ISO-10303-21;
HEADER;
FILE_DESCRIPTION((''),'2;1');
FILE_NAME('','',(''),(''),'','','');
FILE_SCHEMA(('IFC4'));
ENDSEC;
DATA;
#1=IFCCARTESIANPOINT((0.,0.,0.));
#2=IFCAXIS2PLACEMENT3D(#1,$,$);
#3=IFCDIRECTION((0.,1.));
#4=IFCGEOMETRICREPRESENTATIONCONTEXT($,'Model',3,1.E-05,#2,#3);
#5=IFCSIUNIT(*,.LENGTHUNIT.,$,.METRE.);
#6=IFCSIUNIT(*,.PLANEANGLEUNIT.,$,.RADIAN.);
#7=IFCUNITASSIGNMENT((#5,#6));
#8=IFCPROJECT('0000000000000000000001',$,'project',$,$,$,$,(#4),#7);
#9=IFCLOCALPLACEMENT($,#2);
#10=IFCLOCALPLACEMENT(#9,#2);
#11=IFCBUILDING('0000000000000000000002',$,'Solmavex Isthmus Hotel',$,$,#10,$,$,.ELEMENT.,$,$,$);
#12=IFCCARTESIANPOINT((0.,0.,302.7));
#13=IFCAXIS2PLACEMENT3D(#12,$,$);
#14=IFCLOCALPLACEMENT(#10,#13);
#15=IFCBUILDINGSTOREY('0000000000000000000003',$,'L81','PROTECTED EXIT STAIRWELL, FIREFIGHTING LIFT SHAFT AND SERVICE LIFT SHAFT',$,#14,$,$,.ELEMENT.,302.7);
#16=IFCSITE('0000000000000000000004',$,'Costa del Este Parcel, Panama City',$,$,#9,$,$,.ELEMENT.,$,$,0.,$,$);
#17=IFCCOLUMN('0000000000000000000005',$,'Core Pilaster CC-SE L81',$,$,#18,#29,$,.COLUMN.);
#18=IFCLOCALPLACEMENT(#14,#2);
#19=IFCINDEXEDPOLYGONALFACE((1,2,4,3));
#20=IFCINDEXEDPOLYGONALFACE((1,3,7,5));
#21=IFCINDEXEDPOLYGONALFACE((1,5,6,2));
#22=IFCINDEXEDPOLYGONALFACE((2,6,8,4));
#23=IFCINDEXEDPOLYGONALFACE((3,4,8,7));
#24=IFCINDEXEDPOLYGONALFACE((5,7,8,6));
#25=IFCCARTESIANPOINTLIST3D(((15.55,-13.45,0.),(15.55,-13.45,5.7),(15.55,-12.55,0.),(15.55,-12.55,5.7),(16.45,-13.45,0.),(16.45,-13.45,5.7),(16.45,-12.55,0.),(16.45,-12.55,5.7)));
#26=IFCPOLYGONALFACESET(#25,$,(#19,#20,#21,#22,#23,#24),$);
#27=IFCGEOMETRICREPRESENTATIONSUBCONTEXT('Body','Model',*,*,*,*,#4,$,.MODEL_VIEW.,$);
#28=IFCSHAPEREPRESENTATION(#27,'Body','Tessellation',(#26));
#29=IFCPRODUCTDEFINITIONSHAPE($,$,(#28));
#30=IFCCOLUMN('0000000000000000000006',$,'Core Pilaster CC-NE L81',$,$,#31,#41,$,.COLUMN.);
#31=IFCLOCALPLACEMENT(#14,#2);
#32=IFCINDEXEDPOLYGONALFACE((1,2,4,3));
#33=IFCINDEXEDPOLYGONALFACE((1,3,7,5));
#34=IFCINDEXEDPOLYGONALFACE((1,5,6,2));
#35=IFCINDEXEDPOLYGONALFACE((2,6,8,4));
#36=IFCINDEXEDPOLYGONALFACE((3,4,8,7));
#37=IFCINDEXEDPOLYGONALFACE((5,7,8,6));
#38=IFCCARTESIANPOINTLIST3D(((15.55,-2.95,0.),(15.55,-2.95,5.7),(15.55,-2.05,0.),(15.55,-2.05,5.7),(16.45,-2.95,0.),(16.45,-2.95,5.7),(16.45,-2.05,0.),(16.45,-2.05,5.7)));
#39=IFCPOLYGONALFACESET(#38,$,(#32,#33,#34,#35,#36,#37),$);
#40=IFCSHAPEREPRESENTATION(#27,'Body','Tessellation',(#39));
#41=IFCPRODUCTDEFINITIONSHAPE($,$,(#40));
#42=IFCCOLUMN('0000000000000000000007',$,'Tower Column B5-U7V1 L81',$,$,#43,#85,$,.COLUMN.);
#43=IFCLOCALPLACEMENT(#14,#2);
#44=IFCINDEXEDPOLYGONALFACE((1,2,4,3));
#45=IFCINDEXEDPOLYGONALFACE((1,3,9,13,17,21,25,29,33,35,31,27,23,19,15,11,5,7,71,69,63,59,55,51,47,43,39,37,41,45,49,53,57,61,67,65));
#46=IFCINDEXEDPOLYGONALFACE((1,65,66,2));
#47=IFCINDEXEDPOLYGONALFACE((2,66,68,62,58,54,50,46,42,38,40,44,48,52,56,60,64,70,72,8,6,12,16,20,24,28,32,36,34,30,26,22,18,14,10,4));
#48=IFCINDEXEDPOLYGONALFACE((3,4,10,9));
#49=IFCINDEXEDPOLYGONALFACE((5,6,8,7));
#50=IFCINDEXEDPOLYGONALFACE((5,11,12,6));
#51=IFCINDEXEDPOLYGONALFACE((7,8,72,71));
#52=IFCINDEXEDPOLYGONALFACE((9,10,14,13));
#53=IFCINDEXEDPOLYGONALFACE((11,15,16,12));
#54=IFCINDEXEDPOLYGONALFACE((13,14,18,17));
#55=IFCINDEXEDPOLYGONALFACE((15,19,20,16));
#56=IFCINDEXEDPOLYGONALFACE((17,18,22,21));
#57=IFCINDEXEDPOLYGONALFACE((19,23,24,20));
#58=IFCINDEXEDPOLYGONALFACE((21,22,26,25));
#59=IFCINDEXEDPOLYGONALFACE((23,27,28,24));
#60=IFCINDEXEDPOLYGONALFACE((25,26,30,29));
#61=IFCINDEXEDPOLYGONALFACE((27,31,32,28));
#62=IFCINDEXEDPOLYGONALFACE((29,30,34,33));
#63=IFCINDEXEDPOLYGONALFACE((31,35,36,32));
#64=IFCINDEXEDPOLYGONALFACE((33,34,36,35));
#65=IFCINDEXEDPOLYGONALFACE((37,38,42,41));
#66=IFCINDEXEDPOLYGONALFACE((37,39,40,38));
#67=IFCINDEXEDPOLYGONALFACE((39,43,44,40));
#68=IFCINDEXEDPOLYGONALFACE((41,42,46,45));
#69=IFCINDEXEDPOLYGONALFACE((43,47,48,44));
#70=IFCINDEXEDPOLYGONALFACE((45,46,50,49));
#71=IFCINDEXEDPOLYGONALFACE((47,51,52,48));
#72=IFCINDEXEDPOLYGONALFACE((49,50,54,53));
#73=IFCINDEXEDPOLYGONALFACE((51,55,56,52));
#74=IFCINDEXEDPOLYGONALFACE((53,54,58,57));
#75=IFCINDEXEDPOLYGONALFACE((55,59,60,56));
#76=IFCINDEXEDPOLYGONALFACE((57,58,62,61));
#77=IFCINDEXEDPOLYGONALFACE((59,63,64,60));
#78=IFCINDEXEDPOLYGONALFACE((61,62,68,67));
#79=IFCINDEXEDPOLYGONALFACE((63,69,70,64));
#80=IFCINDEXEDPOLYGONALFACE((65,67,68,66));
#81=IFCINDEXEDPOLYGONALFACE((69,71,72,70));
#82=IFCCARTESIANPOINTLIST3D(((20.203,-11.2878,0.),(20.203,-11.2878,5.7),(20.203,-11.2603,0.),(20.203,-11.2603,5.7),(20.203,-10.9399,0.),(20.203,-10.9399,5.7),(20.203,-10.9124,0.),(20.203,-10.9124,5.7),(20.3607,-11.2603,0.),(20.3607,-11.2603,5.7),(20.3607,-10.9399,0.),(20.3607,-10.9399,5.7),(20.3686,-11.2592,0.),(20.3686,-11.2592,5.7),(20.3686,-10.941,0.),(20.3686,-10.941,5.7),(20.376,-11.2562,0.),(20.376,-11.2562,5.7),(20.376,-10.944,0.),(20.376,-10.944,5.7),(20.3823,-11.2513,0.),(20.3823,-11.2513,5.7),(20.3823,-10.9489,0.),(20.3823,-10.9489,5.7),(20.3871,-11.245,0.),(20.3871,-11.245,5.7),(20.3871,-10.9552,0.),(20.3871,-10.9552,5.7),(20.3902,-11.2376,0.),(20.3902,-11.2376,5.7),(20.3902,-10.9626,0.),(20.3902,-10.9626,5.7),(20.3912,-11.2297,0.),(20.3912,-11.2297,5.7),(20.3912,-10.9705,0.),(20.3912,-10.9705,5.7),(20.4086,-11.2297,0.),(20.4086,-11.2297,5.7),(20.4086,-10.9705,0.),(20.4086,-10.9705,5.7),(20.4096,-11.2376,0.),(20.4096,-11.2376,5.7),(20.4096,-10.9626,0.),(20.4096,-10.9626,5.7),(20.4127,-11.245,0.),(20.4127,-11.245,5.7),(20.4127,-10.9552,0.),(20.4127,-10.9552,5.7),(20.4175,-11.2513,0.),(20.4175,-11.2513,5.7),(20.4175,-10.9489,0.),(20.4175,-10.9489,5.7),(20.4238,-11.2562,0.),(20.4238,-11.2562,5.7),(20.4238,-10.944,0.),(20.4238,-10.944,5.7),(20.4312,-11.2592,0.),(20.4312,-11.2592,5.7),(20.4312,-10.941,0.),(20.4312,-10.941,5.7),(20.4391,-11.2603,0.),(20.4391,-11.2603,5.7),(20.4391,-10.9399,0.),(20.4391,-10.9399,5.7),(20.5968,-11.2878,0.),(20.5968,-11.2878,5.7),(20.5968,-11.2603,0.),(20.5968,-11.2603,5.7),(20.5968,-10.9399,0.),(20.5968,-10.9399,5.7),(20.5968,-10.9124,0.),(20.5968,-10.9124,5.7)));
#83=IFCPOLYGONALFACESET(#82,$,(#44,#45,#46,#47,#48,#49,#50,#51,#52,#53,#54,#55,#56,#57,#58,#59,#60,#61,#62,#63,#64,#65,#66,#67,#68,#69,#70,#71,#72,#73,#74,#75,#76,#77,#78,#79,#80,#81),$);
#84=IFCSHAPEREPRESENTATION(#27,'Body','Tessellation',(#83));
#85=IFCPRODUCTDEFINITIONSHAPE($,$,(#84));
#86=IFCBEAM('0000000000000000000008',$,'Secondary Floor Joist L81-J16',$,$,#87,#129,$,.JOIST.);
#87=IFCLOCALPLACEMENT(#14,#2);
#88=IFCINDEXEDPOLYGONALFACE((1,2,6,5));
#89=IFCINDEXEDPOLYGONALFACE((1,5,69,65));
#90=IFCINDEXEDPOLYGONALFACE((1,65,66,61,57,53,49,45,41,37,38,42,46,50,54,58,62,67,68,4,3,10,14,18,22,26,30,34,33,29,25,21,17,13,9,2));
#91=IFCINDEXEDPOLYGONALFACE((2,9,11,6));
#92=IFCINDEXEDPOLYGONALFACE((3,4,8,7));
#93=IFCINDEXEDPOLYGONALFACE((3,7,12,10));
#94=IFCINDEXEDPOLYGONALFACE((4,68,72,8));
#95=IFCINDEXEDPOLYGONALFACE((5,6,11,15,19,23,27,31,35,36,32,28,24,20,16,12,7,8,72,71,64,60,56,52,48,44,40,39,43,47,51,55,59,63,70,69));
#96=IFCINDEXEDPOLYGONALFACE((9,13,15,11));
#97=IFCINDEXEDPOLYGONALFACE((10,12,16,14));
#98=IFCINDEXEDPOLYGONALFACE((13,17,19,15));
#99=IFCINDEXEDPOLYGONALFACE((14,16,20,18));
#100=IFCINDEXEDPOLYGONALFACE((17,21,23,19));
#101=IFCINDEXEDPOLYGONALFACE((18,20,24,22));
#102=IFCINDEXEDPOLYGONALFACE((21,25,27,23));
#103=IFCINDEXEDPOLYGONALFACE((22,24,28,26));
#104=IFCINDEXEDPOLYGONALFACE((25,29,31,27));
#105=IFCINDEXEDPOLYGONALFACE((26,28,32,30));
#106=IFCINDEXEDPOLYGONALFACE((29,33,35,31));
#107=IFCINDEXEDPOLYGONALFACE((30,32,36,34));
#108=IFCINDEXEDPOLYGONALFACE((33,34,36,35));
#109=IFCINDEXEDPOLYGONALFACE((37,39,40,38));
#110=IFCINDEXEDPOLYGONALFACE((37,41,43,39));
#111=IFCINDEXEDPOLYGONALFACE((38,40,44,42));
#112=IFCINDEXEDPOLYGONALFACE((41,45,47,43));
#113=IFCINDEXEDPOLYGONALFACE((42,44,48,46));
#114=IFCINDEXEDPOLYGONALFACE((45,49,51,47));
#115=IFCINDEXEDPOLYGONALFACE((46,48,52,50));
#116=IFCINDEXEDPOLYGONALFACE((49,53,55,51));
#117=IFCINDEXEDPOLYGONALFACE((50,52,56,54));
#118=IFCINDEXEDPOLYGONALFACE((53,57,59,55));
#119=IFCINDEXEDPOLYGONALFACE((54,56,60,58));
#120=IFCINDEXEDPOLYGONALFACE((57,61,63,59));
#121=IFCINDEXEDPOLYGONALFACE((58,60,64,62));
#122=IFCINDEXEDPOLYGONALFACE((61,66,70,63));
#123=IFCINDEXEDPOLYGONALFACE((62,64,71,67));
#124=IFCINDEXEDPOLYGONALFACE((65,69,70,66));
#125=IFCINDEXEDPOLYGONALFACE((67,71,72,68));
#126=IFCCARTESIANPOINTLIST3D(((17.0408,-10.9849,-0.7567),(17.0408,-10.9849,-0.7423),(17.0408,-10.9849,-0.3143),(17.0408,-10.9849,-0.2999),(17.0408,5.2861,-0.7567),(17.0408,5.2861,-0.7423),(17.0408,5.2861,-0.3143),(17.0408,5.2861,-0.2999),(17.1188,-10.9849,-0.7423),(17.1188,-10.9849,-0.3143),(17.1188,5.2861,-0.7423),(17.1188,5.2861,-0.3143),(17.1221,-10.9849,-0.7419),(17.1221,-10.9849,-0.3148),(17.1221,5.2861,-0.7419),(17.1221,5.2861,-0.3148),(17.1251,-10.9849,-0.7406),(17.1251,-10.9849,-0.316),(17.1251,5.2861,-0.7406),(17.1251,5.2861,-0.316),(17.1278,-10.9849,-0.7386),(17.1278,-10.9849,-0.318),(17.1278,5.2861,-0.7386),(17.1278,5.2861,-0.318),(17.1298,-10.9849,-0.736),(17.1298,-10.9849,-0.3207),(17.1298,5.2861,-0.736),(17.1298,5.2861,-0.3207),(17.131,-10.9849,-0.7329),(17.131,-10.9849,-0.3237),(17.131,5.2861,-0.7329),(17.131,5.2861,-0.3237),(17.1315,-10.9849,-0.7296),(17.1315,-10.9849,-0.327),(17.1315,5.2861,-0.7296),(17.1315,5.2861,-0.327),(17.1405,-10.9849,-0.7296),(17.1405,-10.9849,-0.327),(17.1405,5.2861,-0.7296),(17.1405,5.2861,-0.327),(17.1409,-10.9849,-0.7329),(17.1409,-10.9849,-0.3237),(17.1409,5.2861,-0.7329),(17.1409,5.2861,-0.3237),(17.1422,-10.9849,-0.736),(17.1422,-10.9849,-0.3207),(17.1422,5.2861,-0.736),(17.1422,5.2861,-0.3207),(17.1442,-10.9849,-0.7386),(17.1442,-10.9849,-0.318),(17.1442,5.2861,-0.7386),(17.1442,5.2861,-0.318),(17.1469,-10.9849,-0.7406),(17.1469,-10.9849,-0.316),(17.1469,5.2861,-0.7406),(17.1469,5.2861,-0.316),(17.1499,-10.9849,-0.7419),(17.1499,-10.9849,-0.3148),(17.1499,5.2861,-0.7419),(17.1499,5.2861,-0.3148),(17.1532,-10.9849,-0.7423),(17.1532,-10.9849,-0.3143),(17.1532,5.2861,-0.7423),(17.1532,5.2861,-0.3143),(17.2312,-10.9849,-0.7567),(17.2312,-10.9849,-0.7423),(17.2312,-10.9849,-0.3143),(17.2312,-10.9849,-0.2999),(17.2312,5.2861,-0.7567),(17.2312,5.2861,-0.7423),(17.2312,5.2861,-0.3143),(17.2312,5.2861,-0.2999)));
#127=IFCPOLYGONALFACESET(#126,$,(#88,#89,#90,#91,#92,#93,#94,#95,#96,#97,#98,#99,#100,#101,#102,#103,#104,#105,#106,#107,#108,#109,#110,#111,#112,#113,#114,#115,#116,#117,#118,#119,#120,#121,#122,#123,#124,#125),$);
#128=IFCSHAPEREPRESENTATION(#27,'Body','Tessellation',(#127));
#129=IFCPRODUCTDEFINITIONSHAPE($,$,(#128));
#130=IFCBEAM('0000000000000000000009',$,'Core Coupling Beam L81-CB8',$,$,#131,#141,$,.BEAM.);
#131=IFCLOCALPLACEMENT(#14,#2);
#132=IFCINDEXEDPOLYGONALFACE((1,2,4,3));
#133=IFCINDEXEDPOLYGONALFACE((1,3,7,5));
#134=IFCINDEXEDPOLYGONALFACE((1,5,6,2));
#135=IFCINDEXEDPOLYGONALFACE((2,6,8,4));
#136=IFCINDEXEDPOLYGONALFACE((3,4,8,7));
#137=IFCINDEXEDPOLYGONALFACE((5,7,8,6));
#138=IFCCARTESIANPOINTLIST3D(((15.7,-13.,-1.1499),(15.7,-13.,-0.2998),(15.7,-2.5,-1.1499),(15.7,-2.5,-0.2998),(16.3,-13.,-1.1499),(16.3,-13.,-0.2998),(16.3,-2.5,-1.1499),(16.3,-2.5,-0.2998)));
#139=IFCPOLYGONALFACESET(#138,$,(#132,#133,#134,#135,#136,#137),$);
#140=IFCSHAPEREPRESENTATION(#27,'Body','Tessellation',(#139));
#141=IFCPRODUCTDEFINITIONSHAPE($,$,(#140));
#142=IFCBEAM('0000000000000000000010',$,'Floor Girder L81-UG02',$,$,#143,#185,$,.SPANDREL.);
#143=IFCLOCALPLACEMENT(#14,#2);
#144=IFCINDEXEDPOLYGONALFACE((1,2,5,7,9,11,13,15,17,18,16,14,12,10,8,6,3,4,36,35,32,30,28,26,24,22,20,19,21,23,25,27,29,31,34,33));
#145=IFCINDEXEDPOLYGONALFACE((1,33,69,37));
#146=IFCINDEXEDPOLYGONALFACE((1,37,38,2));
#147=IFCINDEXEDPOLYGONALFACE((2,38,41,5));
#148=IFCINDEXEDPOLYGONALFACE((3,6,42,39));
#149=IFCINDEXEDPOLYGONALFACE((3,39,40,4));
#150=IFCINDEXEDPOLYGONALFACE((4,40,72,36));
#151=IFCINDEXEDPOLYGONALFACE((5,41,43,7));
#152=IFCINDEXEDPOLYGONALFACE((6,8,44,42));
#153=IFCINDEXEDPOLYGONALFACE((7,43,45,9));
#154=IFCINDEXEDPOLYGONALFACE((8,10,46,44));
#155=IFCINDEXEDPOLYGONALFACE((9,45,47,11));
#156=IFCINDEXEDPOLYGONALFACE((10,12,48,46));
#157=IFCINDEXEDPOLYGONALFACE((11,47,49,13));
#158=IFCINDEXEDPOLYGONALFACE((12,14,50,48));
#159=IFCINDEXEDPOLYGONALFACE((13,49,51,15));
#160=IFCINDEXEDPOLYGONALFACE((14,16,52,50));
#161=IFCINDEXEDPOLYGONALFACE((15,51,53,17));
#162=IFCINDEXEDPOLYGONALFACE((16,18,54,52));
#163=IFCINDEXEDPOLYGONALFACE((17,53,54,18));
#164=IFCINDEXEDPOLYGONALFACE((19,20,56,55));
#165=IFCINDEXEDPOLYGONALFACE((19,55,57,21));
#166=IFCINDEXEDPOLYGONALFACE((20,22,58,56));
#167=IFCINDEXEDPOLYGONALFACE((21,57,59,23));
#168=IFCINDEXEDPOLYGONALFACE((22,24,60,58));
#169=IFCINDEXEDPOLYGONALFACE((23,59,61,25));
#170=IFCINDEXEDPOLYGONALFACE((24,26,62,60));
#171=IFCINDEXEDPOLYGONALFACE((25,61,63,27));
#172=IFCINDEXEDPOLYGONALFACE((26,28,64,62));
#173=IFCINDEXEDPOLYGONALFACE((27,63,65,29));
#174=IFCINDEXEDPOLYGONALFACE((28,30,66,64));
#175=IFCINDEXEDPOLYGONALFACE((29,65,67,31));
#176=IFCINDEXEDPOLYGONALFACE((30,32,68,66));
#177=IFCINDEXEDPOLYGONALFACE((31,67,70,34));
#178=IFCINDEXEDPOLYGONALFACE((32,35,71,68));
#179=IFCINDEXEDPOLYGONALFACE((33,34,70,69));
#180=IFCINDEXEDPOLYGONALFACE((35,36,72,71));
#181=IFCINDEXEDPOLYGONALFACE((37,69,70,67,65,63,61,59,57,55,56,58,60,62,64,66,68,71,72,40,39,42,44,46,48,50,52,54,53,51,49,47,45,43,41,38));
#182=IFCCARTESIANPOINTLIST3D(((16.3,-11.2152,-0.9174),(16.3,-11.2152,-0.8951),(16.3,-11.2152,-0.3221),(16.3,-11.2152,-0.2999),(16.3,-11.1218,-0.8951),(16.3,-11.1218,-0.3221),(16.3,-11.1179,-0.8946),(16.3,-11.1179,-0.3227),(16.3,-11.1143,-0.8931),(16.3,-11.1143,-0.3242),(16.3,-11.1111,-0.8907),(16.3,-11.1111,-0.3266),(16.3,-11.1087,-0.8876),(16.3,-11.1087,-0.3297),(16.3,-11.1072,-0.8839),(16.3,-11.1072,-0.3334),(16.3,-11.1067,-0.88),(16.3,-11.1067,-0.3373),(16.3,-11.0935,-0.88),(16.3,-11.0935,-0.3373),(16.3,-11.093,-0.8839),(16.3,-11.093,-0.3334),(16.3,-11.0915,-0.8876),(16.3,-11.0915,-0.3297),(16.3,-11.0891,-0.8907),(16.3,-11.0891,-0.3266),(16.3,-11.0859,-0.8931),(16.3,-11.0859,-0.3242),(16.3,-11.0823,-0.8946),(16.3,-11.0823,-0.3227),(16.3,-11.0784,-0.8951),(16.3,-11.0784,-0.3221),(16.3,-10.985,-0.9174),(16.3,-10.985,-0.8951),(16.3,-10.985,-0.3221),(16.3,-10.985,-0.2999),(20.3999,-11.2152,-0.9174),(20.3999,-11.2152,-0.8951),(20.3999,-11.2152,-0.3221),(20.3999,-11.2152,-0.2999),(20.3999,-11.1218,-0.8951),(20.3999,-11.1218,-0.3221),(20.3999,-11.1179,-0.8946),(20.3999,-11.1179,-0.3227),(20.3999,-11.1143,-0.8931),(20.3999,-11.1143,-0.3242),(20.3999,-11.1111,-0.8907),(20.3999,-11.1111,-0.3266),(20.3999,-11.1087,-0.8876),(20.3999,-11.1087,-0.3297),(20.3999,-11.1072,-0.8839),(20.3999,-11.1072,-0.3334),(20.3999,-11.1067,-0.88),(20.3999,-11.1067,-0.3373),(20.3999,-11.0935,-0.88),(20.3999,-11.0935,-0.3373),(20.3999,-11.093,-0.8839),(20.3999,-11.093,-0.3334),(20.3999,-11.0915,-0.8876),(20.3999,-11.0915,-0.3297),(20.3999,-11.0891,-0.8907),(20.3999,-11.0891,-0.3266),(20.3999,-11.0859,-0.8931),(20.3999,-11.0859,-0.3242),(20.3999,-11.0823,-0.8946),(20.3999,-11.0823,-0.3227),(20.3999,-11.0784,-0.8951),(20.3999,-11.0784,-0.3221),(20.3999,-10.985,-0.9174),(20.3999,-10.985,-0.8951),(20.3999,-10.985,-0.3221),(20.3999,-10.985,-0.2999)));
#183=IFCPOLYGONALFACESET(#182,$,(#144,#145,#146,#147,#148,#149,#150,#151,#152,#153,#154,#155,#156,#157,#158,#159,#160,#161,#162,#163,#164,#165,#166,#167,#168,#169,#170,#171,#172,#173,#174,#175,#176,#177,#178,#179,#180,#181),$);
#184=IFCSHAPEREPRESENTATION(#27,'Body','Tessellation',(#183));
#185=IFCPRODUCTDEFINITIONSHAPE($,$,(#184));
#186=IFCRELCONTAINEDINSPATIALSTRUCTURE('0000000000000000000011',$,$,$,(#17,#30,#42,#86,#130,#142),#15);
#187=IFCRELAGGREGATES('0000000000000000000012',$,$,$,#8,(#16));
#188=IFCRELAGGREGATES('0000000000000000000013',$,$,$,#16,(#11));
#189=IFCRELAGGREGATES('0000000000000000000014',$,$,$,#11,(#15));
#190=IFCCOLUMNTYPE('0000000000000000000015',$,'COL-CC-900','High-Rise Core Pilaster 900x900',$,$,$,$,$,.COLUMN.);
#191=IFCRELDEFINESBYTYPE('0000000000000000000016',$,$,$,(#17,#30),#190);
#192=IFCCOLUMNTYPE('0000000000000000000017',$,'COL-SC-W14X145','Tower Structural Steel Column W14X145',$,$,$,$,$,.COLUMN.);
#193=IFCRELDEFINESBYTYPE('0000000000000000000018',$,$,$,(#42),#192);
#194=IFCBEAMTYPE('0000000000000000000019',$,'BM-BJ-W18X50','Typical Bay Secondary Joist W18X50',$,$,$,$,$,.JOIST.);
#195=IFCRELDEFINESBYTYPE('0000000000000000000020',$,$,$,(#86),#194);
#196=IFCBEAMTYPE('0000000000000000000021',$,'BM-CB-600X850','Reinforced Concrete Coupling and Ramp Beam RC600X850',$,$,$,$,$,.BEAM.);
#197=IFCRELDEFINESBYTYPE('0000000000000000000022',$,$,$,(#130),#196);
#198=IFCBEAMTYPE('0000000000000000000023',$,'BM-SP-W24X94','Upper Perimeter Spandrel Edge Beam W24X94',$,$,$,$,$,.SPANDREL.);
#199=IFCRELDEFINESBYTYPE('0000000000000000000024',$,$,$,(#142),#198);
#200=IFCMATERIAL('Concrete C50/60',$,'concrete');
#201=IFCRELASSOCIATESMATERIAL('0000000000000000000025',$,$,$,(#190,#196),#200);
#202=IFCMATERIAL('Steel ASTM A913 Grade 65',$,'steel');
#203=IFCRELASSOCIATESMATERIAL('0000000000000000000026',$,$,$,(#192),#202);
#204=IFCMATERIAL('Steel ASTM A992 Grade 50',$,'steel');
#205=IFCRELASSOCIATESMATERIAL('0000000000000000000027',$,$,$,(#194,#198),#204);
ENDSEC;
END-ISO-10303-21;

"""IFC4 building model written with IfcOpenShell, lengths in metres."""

from ifc_helpers import new_model, si_unit, direction, frame, origin, origin_2d, place, context, subcontext, project, spatial, rectangle, i_section, extrude, material, material_profile, profile_set, type_object, element, save


model = new_model("IFC4")

# Units and contexts
model_context = context("Model", 3, precision=1e-05, world=origin(), true_north=direction((0.0, 1.0)))
body_context = subcontext(model_context, "Body", "Model", "MODEL_VIEW")
ifc_project = project(units=[si_unit("LENGTHUNIT", "METRE"), si_unit("PLANEANGLEUNIT", "RADIAN")], contexts=[model_context])

# Site, building, storey
site_placement = place(None, origin())
site = spatial("IfcSite", under=ifc_project, at=site_placement, Name="Costa del Este Parcel, Panama City", CompositionType="ELEMENT", RefElevation=0.0)
building_placement = place(site_placement, origin())
building = spatial("IfcBuilding", under=site, at=building_placement, Name="Solmavex Isthmus Hotel", CompositionType="ELEMENT")
storey_placement = place(building_placement, frame((0.0, 0.0, 302.7)))
storey = spatial("IfcBuildingStorey", under=building, at=storey_placement, Name="L81", Description="PROTECTED EXIT STAIRWELL, FIREFIGHTING LIFT SHAFT AND SERVICE LIFT SHAFT", CompositionType="ELEMENT", Elevation=302.7)

# Columns
ifc_material_1 = material(Name="Concrete C50/60", Category="concrete")
ifc_material_profile_1 = material_profile(ifc_material_1, rectangle(XDim=0.8999, YDim=0.8999, at=origin_2d()), Name="RC900X900")
ifc_profile_set_1 = profile_set([ifc_material_profile_1], Name="Concrete C50/60")
column_type_1 = type_object("IfcColumnType", Name="COL-CC-900", Description="High-Rise Core Pilaster 900x900", PredefinedType="COLUMN", material=ifc_profile_set_1)
for number, where, z_axis, x_axis, name in (
    (1, (16.0, -13.0, 0.0), (0.0, 0.0, 1.0), (1.0, 0.0, 0.0), "Core Pilaster CC-SE L81"),
    (2, (16.0, -2.5, 0.0), (0.0, 0.0, 1.0), (1.0, 0.0, 0.0), "Core Pilaster CC-NE L81"),
):
    element("IfcColumn", number, at=place(storey_placement, frame(where, z_axis=z_axis, x_axis=x_axis)), inside=storey, type_object=column_type_1, Name=name, PredefinedType="COLUMN", context=body_context, shape_type="SweptSolid", body=[
        extrude(rectangle(XDim=0.8999, YDim=0.8999, at=origin_2d()), origin(), (0.0, 0.0, 1.0), 5.7),
    ])
ifc_material_2 = material(Name="Steel ASTM A913 Grade 65", Category="steel")
ifc_material_profile_2 = material_profile(ifc_material_2, i_section(OverallWidth=0.3938, OverallDepth=0.3755, WebThickness=0.0173, FlangeThickness=0.0276, FilletRadius=0.0305, at=origin_2d()), Name="W14X145")
ifc_profile_set_2 = profile_set([ifc_material_profile_2], Name="Steel ASTM A913 Grade 65")
column_type_2 = type_object("IfcColumnType", Name="COL-SC-W14X145", Description="Tower Structural Steel Column W14X145", PredefinedType="COLUMN", material=ifc_profile_set_2)
column_placement = place(storey_placement, frame((20.3999, -11.1001, 0.0), z_axis=(0.0, 0.0, 1.0), x_axis=(1.0, 0.0, 0.0)))
element("IfcColumn", 3, at=column_placement, inside=storey, type_object=column_type_2, Name="Tower Column B5-U7V1 L81", PredefinedType="COLUMN", context=body_context, shape_type="SweptSolid", body=[
    extrude(i_section(OverallWidth=0.3938, OverallDepth=0.3755, WebThickness=0.0173, FlangeThickness=0.0276, FilletRadius=0.0305, at=origin_2d()), origin(), (0.0, 0.0, 1.0), 5.7),
])

# Beams
ifc_material_3 = material(Name="Steel ASTM A992 Grade 50", Category="steel")
ifc_material_profile_3 = material_profile(ifc_material_3, i_section(OverallWidth=0.1904, OverallDepth=0.4568, WebThickness=0.009, FlangeThickness=0.0144, FilletRadius=0.0127, at=origin_2d()), Name="W18X50")
ifc_profile_set_3 = profile_set([ifc_material_profile_3], Name="Steel ASTM A992 Grade 50")
beam_type_1 = type_object("IfcBeamType", Name="BM-BJ-W18X50", Description="Typical Bay Secondary Joist W18X50", PredefinedType="JOIST", material=ifc_profile_set_3)
beam_1_placement = place(storey_placement, frame((17.136, -10.9849, -0.5283), z_axis=(0.0, 1.0, 0.0), x_axis=(-1.0, 0.0, 0.0)))
element("IfcBeam", 4, at=beam_1_placement, inside=storey, type_object=beam_type_1, Name="Secondary Floor Joist L81-J16", PredefinedType="JOIST", context=body_context, shape_type="SweptSolid", body=[
    extrude(i_section(OverallWidth=0.1904, OverallDepth=0.4568, WebThickness=0.009, FlangeThickness=0.0144, FilletRadius=0.0127, at=origin_2d()), origin(), (0.0, 0.0, 1.0), 16.271),
])
ifc_material_profile_4 = material_profile(ifc_material_1, rectangle(XDim=0.6001, YDim=0.8501, at=origin_2d()), Name="RC600X850")
ifc_profile_set_4 = profile_set([ifc_material_profile_4], Name="Concrete C50/60")
beam_type_2 = type_object("IfcBeamType", Name="BM-CB-600X850", Description="Reinforced Concrete Coupling and Ramp Beam RC600X850", PredefinedType="BEAM", material=ifc_profile_set_4)
beam_2_placement = place(storey_placement, frame((16.0, -13.0, -0.7249), z_axis=(0.0, 1.0, 0.0), x_axis=(-1.0, 0.0, 0.0)))
element("IfcBeam", 5, at=beam_2_placement, inside=storey, type_object=beam_type_2, Name="Core Coupling Beam L81-CB8", PredefinedType="BEAM", context=body_context, shape_type="SweptSolid", body=[
    extrude(rectangle(XDim=0.6001, YDim=0.8501, at=origin_2d()), origin(), (0.0, 0.0, 1.0), 10.5),
])
ifc_material_profile_5 = material_profile(ifc_material_3, i_section(OverallWidth=0.2302, OverallDepth=0.6174, WebThickness=0.0132, FlangeThickness=0.0222, FilletRadius=0.0151, at=origin_2d()), Name="W24X94")
ifc_profile_set_5 = profile_set([ifc_material_profile_5], Name="Steel ASTM A992 Grade 50")
beam_type_3 = type_object("IfcBeamType", Name="BM-SP-W24X94", Description="Upper Perimeter Spandrel Edge Beam W24X94", PredefinedType="SPANDREL", material=ifc_profile_set_5)
beam_3_placement = place(storey_placement, frame((16.3, -11.1001, -0.6086), z_axis=(1.0, 0.0, 0.0), x_axis=(0.0, 1.0, 0.0)))
element("IfcBeam", 6, at=beam_3_placement, inside=storey, type_object=beam_type_3, Name="Floor Girder L81-UG02", PredefinedType="SPANDREL", context=body_context, shape_type="SweptSolid", body=[
    extrude(i_section(OverallWidth=0.2302, OverallDepth=0.6174, WebThickness=0.0132, FlangeThickness=0.0222, FilletRadius=0.0151, at=origin_2d()), origin(), (0.0, 0.0, 1.0), 4.0999),
])

save(model, "model.ifc")
